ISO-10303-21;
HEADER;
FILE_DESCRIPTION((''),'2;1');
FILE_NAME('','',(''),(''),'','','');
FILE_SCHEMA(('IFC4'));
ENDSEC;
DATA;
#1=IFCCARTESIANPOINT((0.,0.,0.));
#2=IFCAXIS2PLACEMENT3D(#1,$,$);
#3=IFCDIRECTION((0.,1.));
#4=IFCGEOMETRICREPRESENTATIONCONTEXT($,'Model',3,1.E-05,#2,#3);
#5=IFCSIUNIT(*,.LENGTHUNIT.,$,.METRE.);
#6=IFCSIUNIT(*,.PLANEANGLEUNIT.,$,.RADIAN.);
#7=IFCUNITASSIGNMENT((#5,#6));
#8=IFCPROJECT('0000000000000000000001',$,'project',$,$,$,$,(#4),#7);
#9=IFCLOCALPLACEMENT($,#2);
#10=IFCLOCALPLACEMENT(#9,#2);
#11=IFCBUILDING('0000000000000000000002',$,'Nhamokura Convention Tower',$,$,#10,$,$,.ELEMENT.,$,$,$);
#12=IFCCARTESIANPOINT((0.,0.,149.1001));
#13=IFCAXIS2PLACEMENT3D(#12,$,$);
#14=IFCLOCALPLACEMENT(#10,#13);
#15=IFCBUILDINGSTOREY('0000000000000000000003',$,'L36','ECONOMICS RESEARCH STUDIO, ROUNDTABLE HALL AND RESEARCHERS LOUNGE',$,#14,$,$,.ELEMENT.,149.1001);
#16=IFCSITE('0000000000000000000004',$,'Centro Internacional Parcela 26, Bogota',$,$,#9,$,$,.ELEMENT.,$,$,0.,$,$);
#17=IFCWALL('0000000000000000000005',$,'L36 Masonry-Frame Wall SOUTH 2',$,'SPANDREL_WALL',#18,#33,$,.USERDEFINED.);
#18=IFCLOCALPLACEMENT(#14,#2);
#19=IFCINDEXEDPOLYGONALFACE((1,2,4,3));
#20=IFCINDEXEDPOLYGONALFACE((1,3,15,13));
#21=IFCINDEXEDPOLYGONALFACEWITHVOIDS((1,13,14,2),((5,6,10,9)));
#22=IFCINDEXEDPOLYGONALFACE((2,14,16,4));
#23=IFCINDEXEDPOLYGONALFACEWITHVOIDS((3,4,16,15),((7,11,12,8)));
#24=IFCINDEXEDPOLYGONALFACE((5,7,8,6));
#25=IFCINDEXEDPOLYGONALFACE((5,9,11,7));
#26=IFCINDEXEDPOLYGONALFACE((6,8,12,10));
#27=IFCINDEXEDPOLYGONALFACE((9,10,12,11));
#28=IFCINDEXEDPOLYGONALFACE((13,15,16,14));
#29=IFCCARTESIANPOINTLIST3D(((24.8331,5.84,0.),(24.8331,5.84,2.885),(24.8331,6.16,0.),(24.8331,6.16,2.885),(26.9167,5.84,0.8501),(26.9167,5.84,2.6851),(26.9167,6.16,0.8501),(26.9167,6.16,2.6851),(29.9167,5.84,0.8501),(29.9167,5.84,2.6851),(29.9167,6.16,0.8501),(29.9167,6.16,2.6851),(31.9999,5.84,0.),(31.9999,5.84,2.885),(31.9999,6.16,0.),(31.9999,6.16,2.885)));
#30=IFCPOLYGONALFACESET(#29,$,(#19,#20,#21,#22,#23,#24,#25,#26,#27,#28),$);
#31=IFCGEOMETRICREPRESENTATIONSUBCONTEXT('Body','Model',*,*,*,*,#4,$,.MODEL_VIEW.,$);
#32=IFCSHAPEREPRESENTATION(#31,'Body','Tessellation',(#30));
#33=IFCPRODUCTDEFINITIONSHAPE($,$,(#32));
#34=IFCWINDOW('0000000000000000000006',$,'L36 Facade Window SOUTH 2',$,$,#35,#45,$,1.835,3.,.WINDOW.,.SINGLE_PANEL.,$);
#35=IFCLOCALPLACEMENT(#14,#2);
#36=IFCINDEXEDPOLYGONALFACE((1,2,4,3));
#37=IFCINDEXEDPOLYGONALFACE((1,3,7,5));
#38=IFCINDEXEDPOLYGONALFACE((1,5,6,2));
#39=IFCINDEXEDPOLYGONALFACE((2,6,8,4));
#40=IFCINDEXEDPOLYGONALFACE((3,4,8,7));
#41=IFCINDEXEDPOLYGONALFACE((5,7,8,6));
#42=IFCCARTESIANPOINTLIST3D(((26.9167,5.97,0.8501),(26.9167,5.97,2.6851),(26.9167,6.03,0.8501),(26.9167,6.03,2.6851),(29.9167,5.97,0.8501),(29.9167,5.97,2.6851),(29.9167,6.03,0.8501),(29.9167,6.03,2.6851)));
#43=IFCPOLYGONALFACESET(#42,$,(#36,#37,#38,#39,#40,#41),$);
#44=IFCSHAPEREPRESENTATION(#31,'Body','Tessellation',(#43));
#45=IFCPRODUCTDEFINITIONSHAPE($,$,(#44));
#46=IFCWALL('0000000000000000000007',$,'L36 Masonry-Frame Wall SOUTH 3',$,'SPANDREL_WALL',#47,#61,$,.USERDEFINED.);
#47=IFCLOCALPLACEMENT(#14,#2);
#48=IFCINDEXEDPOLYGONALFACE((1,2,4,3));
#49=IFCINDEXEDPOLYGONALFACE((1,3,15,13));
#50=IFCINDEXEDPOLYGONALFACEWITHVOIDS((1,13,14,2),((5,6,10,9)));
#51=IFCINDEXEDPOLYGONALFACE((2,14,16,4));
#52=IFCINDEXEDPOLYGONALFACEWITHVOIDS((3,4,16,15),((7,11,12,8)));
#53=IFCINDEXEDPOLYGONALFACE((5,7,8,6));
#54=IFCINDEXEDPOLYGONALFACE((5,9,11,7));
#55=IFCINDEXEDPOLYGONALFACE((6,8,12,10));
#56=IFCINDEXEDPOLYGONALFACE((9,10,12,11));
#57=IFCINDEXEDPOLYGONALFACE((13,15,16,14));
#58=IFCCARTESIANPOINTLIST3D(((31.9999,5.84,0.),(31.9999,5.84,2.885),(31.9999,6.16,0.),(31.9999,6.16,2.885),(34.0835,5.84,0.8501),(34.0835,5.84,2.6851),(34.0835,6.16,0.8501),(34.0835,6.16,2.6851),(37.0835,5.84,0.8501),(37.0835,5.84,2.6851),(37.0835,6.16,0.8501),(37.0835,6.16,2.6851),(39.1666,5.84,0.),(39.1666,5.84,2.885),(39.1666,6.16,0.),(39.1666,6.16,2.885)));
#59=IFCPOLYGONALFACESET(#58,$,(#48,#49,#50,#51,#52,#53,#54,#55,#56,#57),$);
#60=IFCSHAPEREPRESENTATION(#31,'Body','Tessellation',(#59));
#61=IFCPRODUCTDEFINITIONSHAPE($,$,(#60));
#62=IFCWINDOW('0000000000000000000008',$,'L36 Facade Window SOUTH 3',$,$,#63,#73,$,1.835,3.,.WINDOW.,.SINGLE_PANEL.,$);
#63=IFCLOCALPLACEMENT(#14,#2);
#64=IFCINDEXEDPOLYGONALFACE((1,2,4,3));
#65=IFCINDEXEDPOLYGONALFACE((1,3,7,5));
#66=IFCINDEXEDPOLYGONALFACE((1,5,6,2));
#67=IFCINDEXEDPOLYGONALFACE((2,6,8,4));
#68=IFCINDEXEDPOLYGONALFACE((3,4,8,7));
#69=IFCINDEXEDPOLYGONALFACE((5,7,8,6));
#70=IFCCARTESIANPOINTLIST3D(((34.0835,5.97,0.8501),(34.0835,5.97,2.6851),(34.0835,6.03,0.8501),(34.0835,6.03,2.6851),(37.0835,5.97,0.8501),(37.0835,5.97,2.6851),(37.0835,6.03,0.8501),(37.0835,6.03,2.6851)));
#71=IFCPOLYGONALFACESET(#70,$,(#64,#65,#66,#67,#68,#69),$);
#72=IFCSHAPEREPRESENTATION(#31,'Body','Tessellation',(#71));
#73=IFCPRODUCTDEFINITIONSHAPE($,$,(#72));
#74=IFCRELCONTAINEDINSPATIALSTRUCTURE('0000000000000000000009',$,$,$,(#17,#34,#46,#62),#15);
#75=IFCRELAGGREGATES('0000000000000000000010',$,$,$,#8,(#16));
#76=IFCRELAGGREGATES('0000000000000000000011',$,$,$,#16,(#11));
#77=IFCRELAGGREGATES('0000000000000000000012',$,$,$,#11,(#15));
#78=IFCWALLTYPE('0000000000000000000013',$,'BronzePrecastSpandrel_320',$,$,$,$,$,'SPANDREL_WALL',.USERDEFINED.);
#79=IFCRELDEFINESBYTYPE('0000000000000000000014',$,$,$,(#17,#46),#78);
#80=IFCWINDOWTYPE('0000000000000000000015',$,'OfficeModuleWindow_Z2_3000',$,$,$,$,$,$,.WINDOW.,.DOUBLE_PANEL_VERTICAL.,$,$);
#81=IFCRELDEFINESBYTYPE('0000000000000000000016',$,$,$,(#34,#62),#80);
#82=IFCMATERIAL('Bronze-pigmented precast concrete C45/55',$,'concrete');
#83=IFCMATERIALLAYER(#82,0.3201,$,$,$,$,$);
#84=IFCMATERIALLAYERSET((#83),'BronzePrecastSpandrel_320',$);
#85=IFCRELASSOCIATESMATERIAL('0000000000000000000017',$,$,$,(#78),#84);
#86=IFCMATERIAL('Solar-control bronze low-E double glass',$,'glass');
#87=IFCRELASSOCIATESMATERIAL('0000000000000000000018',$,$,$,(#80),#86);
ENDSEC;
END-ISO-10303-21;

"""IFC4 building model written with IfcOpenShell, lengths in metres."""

from ifc_helpers import new_model, si_unit, direction, frame, frame_2d, origin, place, context, subcontext, project, spatial, rectangle, extrude, material, layer, layer_set, type_object, element, fill, save


model = new_model("IFC4")

# Units and contexts
model_context = context("Model", 3, precision=1e-05, world=origin(), true_north=direction((0.0, 1.0)))
body_context = subcontext(model_context, "Body", "Model", "MODEL_VIEW")
ifc_project = project(units=[si_unit("LENGTHUNIT", "METRE"), si_unit("PLANEANGLEUNIT", "RADIAN")], contexts=[model_context])

# Site, building, storey
site_placement = place(None, origin())
site = spatial("IfcSite", under=ifc_project, at=site_placement, Name="Centro Internacional Parcela 26, Bogota", CompositionType="ELEMENT", RefElevation=0.0)
building_placement = place(site_placement, origin())
building = spatial("IfcBuilding", under=site, at=building_placement, Name="Nhamokura Convention Tower", CompositionType="ELEMENT")
storey_placement = place(building_placement, frame((0.0, 0.0, 149.1001)))
storey = spatial("IfcBuildingStorey", under=building, at=storey_placement, Name="L36", Description="ECONOMICS RESEARCH STUDIO, ROUNDTABLE HALL AND RESEARCHERS LOUNGE", CompositionType="ELEMENT", Elevation=149.1001)

# Walls, openings, windows
ifc_material_1 = material(Name="Bronze-pigmented precast concrete C45/55", Category="concrete")
ifc_layer_1 = layer(ifc_material_1, 0.3201)
ifc_layer_set_1 = layer_set([ifc_layer_1], Name="BronzePrecastSpandrel_320")
wall_type_1 = type_object("IfcWallType", Name="BronzePrecastSpandrel_320", ElementType="SPANDREL_WALL", PredefinedType="USERDEFINED", material=ifc_layer_set_1)
wall_1_placement = place(storey_placement, frame((32.0, 6.0, 0.0), z_axis=(0.0, 0.0, 1.0), x_axis=(-1.0, 0.0, 0.0)))
wall_1 = element("IfcWall", 1, at=wall_1_placement, inside=storey, type_object=wall_type_1, Name="L36 Masonry-Frame Wall SOUTH 2", ObjectType="SPANDREL_WALL", PredefinedType="USERDEFINED", context=body_context, shape_type="SweptSolid", body=[
    extrude(rectangle(XDim=7.1667, YDim=0.3201, at=frame_2d((3.5835, 0.0))), origin(), (0.0, 0.0, 1.0), 2.885),
])
opening_1_placement = place(wall_1_placement, frame((2.0833, 0.0, 0.8501)))
opening_1 = element("IfcOpeningElement", 2, at=opening_1_placement, cuts=wall_1, PredefinedType="OPENING", context=body_context, shape_type="SweptSolid", body=[
    extrude(rectangle(XDim=3.0, YDim=1.835, at=frame_2d((1.5, 0.9175))), frame((0.0, 0.1699, 0.0), z_axis=(0.0, -1.0, 0.0), x_axis=(1.0, 0.0, 0.0)), (0.0, 0.0, 1.0), 0.3401),
])
ifc_material_2 = material(Name="Solar-control bronze low-E double glass", Category="glass")
window_type = type_object("IfcWindowType", Name="OfficeModuleWindow_Z2_3000", PartitioningType="DOUBLE_PANEL_VERTICAL", PredefinedType="WINDOW", material=ifc_material_2)
window_1_placement = place(opening_1_placement, origin())
window_1 = element("IfcWindow", 3, at=window_1_placement, inside=storey, type_object=window_type, Name="L36 Facade Window SOUTH 2", OverallHeight=1.835, OverallWidth=3.0, PartitioningType="SINGLE_PANEL", PredefinedType="WINDOW", context=body_context, shape_type="SweptSolid", body=[
    extrude(rectangle(XDim=3.0, YDim=1.835, at=frame_2d((1.5, 0.9175))), frame((0.0, 0.03, 0.0), z_axis=(0.0, -1.0, 0.0), x_axis=(1.0, 0.0, 0.0)), (0.0, 0.0, 1.0), 0.0601),
])
fill(opening_1, window_1)
wall_2_placement = place(storey_placement, frame((39.1667, 6.0, 0.0), z_axis=(0.0, 0.0, 1.0), x_axis=(-1.0, 0.0, 0.0)))
wall_2 = element("IfcWall", 4, at=wall_2_placement, inside=storey, type_object=wall_type_1, Name="L36 Masonry-Frame Wall SOUTH 3", ObjectType="SPANDREL_WALL", PredefinedType="USERDEFINED", context=body_context, shape_type="SweptSolid", body=[
    extrude(rectangle(XDim=7.1667, YDim=0.3201, at=frame_2d((3.5835, 0.0))), origin(), (0.0, 0.0, 1.0), 2.885),
])
opening_2_placement = place(wall_2_placement, frame((2.0833, 0.0, 0.8501)))
opening_2 = element("IfcOpeningElement", 5, at=opening_2_placement, cuts=wall_2, PredefinedType="OPENING", context=body_context, shape_type="SweptSolid", body=[
    extrude(rectangle(XDim=3.0, YDim=1.835, at=frame_2d((1.5, 0.9175))), frame((0.0, 0.1699, 0.0), z_axis=(0.0, -1.0, 0.0), x_axis=(1.0, 0.0, 0.0)), (0.0, 0.0, 1.0), 0.3401),
])
window_2_placement = place(opening_2_placement, origin())
window_2 = element("IfcWindow", 6, at=window_2_placement, inside=storey, type_object=window_type, Name="L36 Facade Window SOUTH 3", OverallHeight=1.835, OverallWidth=3.0, PartitioningType="SINGLE_PANEL", PredefinedType="WINDOW", context=body_context, shape_type="SweptSolid", body=[
    extrude(rectangle(XDim=3.0, YDim=1.835, at=frame_2d((1.5, 0.9175))), frame((0.0, 0.03, 0.0), z_axis=(0.0, -1.0, 0.0), x_axis=(1.0, 0.0, 0.0)), (0.0, 0.0, 1.0), 0.0601),
])
fill(opening_2, window_2)

save(model, "model.ifc")
